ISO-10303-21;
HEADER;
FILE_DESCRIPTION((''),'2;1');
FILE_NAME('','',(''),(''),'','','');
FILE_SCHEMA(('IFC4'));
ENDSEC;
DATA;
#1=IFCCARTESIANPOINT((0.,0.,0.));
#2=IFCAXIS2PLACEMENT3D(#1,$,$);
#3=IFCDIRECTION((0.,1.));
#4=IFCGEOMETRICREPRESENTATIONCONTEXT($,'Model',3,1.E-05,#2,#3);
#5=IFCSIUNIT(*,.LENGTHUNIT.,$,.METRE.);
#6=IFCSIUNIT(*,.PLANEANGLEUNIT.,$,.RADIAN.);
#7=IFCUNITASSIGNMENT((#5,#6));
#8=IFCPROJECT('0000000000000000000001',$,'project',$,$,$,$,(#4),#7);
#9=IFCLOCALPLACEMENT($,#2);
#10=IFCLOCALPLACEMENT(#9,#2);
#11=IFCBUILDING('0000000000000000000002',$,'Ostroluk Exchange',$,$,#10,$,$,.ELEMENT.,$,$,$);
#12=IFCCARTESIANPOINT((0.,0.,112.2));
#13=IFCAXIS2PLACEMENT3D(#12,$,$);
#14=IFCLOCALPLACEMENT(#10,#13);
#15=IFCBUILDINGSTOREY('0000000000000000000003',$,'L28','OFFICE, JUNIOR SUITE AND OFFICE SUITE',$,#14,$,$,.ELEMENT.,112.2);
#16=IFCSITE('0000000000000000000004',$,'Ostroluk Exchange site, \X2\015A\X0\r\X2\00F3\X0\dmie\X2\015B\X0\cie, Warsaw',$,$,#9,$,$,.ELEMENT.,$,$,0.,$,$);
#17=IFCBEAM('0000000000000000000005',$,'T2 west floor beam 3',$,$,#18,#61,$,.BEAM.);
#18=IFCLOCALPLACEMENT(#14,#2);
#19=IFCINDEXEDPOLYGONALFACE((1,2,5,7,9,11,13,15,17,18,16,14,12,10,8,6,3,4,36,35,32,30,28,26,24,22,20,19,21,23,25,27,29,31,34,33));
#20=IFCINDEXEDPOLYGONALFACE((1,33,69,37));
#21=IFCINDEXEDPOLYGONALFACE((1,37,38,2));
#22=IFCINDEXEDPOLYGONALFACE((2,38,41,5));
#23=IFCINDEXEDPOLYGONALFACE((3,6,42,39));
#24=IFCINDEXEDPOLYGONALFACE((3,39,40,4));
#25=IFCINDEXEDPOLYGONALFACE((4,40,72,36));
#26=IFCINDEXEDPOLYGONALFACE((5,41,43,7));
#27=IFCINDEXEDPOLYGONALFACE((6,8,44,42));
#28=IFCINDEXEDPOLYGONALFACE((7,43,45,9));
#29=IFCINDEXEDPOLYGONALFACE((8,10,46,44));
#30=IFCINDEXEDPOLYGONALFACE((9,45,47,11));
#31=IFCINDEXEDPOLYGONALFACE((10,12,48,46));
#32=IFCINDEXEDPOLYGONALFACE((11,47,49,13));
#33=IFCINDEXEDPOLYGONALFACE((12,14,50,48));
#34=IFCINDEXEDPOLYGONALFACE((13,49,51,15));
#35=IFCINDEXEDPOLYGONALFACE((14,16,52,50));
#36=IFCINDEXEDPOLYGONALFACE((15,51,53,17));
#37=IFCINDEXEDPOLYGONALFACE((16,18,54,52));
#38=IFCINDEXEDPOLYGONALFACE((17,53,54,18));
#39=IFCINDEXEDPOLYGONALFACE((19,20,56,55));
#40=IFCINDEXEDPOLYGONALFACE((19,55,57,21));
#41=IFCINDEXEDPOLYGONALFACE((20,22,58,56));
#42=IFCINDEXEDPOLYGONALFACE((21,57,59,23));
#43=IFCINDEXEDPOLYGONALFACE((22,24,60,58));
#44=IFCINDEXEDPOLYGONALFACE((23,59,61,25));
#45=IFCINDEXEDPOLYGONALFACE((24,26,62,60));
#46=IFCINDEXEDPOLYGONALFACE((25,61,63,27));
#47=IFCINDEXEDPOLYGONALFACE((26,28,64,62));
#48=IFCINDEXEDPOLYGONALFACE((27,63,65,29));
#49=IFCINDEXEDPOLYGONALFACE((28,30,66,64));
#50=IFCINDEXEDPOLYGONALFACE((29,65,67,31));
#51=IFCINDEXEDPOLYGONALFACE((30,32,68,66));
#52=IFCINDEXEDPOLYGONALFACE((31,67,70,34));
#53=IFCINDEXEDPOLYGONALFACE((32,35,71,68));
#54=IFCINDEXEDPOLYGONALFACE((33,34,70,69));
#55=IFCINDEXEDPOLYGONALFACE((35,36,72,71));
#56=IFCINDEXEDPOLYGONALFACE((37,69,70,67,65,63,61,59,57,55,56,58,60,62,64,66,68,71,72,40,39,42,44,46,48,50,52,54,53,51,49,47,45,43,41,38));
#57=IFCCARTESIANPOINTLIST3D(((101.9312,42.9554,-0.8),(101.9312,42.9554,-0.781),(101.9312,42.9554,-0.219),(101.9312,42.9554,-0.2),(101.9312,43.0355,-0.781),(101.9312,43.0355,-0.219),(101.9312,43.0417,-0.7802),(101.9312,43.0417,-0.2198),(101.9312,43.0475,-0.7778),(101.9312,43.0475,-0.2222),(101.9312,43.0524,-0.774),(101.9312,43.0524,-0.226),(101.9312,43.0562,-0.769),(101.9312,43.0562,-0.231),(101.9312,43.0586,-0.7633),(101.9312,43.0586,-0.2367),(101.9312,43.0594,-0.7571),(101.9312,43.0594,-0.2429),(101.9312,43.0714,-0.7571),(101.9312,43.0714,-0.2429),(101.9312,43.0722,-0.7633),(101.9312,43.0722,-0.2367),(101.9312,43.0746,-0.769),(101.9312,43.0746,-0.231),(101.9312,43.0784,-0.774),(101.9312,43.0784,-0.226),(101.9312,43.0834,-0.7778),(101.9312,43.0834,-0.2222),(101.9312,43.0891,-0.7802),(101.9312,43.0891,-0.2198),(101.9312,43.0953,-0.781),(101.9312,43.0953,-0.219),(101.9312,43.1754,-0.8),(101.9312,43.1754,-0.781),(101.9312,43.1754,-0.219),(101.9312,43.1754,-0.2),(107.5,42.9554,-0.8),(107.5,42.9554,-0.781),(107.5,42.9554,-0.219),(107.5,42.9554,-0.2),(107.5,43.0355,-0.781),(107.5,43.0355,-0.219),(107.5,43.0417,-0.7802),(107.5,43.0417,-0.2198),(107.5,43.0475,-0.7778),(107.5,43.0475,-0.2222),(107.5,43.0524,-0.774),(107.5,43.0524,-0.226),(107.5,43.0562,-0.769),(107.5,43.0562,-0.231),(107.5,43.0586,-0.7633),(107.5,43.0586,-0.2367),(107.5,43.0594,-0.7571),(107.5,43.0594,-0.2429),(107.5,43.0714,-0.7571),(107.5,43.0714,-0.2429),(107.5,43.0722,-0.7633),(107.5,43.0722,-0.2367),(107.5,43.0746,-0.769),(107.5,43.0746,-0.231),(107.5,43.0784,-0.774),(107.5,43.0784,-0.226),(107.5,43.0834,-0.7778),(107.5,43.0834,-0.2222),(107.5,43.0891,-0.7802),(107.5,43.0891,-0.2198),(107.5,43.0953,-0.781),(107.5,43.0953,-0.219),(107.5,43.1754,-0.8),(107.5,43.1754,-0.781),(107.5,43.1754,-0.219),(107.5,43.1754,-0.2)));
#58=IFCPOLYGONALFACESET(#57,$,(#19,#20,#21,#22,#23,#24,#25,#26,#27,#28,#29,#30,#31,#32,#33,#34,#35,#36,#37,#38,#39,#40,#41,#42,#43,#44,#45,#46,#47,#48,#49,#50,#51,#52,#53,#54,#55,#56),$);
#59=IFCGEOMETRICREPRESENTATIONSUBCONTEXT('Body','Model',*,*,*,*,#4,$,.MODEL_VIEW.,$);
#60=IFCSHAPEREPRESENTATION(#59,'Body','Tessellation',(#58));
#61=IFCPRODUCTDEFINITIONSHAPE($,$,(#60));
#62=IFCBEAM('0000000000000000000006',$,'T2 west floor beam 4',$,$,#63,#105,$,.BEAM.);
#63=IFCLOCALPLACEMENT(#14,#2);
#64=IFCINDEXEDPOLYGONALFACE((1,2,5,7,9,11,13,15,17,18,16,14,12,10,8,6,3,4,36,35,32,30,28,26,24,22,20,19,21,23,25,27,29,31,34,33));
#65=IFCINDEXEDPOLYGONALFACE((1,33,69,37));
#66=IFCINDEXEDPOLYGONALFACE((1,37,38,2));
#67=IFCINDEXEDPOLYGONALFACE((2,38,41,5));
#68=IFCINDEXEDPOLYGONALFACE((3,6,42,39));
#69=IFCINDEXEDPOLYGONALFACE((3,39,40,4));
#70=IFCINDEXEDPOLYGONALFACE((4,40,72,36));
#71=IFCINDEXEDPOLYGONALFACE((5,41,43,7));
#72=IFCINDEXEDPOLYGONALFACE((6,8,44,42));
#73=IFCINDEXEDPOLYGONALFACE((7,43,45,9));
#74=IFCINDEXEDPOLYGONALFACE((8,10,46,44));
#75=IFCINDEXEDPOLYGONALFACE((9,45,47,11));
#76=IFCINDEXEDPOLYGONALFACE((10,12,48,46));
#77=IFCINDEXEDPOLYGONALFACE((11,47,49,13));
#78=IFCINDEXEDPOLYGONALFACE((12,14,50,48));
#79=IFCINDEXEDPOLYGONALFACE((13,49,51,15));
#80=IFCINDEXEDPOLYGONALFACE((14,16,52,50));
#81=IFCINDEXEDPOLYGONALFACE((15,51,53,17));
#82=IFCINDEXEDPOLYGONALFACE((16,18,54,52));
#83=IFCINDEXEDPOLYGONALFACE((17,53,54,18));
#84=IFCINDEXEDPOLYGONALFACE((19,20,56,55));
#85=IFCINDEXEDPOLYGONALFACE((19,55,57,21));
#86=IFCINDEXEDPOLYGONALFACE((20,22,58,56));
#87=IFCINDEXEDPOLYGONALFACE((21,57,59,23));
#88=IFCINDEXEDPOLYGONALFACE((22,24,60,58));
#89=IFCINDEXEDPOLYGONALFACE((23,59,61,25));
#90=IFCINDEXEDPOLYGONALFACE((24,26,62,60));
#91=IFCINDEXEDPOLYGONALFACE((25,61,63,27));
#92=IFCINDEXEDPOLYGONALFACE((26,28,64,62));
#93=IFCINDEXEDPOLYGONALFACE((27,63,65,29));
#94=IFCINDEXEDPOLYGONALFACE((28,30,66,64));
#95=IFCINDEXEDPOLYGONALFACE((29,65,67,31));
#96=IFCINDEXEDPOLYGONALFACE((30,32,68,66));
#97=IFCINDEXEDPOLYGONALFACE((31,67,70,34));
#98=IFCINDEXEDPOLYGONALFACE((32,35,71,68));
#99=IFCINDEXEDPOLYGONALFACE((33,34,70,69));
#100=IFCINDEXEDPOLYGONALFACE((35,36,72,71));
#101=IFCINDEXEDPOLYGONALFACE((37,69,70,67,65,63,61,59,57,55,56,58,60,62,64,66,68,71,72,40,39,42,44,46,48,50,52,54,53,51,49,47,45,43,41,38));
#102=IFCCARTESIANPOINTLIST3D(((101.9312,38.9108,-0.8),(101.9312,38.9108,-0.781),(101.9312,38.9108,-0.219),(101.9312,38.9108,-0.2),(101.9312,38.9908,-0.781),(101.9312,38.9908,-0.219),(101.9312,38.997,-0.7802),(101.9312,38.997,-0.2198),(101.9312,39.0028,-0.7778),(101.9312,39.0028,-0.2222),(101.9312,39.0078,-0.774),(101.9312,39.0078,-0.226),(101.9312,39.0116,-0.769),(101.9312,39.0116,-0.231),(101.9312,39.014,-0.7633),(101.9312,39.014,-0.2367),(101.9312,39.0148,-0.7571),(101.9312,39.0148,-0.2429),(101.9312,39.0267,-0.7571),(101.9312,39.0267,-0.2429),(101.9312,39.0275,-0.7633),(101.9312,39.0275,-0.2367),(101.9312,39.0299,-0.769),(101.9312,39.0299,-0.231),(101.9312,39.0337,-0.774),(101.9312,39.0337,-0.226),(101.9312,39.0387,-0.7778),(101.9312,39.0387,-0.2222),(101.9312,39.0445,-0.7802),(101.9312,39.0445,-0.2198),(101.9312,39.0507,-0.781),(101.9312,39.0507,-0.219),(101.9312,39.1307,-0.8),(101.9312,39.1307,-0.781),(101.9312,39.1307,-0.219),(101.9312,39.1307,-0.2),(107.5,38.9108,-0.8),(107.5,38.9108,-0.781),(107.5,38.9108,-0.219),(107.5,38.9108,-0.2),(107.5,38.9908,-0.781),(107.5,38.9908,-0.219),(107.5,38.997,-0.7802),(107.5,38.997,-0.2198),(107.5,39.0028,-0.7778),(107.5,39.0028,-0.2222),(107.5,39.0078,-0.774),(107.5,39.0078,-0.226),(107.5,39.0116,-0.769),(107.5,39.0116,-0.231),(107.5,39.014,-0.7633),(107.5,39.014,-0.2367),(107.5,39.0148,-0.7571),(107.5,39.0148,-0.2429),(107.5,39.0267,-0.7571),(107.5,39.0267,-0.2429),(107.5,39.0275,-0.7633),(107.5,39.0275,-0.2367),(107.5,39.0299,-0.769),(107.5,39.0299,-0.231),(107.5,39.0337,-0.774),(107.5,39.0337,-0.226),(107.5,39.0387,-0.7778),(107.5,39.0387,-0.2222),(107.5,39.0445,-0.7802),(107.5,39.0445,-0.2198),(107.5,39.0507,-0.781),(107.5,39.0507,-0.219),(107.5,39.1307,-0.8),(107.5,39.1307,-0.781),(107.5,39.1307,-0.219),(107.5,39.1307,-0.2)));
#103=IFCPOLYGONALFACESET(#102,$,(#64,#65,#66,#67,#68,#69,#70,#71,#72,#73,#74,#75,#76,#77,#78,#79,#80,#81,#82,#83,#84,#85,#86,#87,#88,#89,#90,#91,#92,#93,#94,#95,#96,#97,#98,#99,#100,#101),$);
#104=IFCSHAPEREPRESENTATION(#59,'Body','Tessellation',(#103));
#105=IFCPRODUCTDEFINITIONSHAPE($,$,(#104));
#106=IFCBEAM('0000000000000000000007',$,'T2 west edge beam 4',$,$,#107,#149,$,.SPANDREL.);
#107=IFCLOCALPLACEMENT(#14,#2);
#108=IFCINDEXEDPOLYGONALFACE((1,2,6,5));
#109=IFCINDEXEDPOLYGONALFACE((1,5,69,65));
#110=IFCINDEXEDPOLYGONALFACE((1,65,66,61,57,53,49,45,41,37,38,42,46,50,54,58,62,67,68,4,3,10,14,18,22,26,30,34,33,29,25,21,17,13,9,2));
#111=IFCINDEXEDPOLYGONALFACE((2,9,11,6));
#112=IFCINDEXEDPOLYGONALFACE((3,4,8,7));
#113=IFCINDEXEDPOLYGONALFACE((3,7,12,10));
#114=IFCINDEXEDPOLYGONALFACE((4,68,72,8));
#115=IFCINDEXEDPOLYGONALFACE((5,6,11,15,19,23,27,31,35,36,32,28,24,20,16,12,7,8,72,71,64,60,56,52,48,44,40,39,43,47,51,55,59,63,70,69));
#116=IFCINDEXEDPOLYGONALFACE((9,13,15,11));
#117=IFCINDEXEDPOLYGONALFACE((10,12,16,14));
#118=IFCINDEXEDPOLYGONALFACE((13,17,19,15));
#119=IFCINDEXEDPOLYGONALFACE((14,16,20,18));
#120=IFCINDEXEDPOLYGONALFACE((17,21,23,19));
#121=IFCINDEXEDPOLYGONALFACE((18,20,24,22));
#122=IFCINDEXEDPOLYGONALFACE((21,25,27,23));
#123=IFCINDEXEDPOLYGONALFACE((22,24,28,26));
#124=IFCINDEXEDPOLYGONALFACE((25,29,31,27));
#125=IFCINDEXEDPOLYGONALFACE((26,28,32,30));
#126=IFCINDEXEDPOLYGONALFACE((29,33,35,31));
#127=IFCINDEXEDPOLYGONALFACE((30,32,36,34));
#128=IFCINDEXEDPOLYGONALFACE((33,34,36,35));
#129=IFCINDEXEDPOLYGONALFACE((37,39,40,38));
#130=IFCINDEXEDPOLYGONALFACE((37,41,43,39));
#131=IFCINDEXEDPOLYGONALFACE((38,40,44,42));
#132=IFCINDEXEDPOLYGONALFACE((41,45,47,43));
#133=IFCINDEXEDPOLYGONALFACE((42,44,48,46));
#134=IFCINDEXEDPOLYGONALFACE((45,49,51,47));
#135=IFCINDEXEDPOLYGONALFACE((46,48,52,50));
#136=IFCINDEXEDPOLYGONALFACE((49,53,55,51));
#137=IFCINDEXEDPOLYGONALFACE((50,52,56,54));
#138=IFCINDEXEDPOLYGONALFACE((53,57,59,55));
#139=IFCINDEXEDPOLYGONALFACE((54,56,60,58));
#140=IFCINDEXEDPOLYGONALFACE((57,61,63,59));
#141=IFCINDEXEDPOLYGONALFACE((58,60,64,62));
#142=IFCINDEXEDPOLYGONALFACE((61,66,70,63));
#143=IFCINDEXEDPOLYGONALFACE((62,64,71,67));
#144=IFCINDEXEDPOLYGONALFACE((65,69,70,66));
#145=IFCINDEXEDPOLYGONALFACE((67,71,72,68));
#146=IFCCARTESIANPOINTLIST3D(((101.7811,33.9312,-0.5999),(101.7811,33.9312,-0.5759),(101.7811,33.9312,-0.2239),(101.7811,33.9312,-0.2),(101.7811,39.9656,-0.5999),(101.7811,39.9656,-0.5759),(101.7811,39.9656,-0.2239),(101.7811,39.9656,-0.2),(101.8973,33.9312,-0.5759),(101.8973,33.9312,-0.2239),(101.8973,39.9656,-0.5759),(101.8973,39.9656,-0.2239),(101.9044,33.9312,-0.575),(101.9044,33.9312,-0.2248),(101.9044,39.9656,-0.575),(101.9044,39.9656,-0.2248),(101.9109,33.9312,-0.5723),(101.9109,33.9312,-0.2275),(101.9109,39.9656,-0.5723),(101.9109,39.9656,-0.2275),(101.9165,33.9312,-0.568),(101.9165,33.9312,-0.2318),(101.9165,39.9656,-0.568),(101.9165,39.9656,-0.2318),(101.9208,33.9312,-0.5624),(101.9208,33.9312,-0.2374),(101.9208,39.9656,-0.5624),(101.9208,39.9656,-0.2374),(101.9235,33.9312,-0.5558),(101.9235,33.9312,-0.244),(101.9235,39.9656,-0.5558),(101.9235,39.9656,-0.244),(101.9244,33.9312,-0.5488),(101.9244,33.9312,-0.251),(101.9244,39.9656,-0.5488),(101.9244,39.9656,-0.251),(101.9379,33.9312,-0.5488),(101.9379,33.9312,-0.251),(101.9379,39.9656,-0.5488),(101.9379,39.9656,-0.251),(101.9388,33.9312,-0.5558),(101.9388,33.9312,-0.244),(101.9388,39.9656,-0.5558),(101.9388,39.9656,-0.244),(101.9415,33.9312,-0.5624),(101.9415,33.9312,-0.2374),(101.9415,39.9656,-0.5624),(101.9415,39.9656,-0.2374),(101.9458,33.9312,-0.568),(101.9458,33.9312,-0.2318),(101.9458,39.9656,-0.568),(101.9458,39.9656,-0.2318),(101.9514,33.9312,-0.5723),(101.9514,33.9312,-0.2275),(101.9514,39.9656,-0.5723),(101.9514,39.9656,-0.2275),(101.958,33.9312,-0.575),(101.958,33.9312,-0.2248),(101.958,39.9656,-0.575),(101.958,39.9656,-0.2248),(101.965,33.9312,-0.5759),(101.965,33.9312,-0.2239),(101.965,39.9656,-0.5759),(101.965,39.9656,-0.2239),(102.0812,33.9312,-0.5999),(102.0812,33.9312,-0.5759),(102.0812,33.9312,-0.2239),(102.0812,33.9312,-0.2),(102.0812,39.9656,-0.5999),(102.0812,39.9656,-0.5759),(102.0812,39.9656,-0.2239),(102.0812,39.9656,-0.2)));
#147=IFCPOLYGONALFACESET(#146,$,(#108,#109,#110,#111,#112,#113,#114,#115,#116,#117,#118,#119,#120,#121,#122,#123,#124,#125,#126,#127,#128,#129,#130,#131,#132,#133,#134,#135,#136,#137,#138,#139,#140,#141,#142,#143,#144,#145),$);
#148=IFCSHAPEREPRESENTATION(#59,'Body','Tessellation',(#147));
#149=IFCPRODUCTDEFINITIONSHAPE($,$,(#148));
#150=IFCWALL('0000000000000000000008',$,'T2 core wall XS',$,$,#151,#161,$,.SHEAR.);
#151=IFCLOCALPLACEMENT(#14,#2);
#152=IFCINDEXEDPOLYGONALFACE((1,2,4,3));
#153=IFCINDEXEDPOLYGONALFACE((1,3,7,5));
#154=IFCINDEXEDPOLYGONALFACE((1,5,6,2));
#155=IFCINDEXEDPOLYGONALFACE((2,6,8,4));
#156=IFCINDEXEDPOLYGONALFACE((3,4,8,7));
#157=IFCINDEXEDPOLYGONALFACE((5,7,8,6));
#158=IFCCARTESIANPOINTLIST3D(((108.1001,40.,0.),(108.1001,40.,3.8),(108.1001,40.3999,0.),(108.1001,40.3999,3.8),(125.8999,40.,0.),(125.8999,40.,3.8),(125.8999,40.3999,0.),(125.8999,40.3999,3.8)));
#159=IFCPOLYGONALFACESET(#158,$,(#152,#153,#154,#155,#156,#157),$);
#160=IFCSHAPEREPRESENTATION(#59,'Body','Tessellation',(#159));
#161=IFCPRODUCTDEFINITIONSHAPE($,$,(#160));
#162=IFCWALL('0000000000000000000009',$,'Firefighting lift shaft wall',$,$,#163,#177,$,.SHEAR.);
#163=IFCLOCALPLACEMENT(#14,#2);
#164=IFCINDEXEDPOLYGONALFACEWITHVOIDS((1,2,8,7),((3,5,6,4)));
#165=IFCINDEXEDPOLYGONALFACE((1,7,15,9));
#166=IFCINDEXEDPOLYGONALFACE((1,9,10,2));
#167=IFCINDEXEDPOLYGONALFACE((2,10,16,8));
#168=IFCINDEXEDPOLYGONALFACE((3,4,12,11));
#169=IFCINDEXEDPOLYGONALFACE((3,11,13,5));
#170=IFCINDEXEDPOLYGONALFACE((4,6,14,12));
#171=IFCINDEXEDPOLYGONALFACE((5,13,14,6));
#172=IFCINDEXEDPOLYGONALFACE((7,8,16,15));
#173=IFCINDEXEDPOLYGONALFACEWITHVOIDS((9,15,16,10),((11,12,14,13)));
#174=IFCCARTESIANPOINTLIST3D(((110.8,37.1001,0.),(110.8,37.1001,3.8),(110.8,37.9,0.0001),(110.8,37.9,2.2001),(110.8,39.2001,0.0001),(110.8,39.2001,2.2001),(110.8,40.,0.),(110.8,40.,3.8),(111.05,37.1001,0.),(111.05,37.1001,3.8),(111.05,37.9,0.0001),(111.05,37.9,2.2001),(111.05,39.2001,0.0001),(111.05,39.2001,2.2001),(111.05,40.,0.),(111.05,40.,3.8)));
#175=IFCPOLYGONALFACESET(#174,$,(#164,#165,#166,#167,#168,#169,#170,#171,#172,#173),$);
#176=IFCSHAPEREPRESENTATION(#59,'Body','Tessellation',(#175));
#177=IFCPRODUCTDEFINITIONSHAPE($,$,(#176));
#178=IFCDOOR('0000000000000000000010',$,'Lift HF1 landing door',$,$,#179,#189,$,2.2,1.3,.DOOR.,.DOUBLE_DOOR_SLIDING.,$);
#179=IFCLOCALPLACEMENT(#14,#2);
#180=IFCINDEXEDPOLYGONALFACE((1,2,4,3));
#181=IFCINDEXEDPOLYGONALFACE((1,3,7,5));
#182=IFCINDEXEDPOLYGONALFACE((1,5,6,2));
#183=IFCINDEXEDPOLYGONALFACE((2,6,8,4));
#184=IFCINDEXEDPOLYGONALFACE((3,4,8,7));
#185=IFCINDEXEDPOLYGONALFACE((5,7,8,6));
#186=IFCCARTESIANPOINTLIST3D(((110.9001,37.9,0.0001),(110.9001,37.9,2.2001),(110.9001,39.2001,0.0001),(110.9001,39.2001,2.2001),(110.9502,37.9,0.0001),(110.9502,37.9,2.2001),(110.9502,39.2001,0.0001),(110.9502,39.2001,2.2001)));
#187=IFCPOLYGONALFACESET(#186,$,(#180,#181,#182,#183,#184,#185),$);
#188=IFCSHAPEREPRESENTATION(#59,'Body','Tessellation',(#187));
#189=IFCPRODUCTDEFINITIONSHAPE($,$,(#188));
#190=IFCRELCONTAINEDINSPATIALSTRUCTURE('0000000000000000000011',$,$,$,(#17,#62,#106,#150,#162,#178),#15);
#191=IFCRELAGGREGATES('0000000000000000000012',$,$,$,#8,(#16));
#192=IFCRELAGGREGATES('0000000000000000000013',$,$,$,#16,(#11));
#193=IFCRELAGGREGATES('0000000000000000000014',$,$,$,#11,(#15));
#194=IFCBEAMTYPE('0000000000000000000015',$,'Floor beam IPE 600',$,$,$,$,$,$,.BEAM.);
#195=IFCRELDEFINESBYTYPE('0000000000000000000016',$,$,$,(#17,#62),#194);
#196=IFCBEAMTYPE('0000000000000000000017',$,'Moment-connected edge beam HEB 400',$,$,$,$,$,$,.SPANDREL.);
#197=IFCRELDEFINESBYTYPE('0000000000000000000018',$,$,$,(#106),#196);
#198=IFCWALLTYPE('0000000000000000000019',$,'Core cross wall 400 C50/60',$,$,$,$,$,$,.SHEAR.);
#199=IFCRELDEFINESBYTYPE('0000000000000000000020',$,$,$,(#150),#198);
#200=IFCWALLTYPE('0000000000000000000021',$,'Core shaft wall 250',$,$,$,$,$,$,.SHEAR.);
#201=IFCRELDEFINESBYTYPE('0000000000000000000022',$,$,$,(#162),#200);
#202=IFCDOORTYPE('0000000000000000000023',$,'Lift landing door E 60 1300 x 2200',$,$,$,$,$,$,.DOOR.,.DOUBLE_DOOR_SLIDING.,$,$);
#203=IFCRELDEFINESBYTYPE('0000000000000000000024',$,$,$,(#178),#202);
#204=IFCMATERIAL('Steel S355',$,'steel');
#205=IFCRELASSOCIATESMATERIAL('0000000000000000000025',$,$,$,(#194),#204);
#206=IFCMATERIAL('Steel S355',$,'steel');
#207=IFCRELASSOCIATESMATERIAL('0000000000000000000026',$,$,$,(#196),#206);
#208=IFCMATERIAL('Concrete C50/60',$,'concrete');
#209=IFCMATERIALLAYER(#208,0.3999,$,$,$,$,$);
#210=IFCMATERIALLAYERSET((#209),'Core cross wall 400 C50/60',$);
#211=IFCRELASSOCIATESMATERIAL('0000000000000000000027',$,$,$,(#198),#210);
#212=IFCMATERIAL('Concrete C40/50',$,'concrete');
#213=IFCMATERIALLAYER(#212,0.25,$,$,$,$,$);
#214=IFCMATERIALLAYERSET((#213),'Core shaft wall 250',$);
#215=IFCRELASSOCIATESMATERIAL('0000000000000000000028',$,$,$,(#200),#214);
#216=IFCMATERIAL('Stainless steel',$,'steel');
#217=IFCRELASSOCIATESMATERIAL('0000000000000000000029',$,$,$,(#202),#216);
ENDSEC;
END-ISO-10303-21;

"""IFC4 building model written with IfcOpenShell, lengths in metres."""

from ifc_helpers import new_model, si_unit, direction, frame, frame_2d, origin, origin_2d, place, context, subcontext, project, spatial, rectangle, i_section, extrude, material, layer, layer_set, material_profile, profile_set, type_object, element, fill, save


model = new_model("IFC4")

# Units and contexts
model_context = context("Model", 3, precision=1e-05, world=origin(), true_north=direction((0.0, 1.0)))
body_context = subcontext(model_context, "Body", "Model", "MODEL_VIEW")
ifc_project = project(units=[si_unit("LENGTHUNIT", "METRE"), si_unit("PLANEANGLEUNIT", "RADIAN")], contexts=[model_context])

# Site, building, storey
site_placement = place(None, origin())
site = spatial("IfcSite", under=ifc_project, at=site_placement, Name="Ostroluk Exchange site, Śródmieście, Warsaw", CompositionType="ELEMENT", RefElevation=0.0)
building_placement = place(site_placement, origin())
building = spatial("IfcBuilding", under=site, at=building_placement, Name="Ostroluk Exchange", CompositionType="ELEMENT")
storey_placement = place(building_placement, frame((0.0, 0.0, 112.2)))
storey = spatial("IfcBuildingStorey", under=building, at=storey_placement, Name="L28", Description="OFFICE, JUNIOR SUITE AND OFFICE SUITE", CompositionType="ELEMENT", Elevation=112.2)

# Beams
ifc_material_1 = material(Name="Steel S355", Category="steel")
ifc_material_profile_1 = material_profile(ifc_material_1, i_section(OverallWidth=0.22, OverallDepth=0.6001, WebThickness=0.012, FlangeThickness=0.019, FilletRadius=0.0239, at=origin_2d()), Name="IPE 600")
ifc_profile_set_1 = profile_set([ifc_material_profile_1], Name="Steel S355")
beam_type_1 = type_object("IfcBeamType", Name="Floor beam IPE 600", PredefinedType="BEAM", material=ifc_profile_set_1)
for number, where, z_axis, x_axis, name in (
    (1, (107.5, 43.0654, -0.5), (-1.0, 0.0, 0.0), (0.0, -1.0, 0.0), "T2 west floor beam 3"),
    (2, (107.5, 39.0208, -0.5), (-1.0, 0.0, 0.0), (0.0, -1.0, 0.0), "T2 west floor beam 4"),
):
    element("IfcBeam", number, at=place(storey_placement, frame(where, z_axis=z_axis, x_axis=x_axis)), inside=storey, type_object=beam_type_1, Name=name, PredefinedType="BEAM", context=body_context, shape_type="SweptSolid", body=[
        extrude(i_section(OverallWidth=0.22, OverallDepth=0.6001, WebThickness=0.012, FlangeThickness=0.019, FilletRadius=0.0239, at=origin_2d()), origin(), (0.0, 0.0, 1.0), 5.5688),
    ])
ifc_material_2 = material(Name="Steel S355", Category="steel")
ifc_material_profile_2 = material_profile(ifc_material_2, i_section(OverallWidth=0.3, OverallDepth=0.3999, WebThickness=0.0134, FlangeThickness=0.0239, FilletRadius=0.0271, at=origin_2d()), Name="HEB 400")
ifc_profile_set_2 = profile_set([ifc_material_profile_2], Name="Steel S355")
beam_type_2 = type_object("IfcBeamType", Name="Moment-connected edge beam HEB 400", PredefinedType="SPANDREL", material=ifc_profile_set_2)
beam_placement = place(storey_placement, frame((101.9312, 39.9656, -0.3999), z_axis=(0.0, -1.0, 0.0), x_axis=(1.0, 0.0, 0.0)))
element("IfcBeam", 3, at=beam_placement, inside=storey, type_object=beam_type_2, Name="T2 west edge beam 4", PredefinedType="SPANDREL", context=body_context, shape_type="SweptSolid", body=[
    extrude(i_section(OverallWidth=0.3, OverallDepth=0.3999, WebThickness=0.0134, FlangeThickness=0.0239, FilletRadius=0.0271, at=origin_2d()), origin(), (0.0, 0.0, 1.0), 6.0344),
])

# Wall
ifc_material_3 = material(Name="Concrete C50/60", Category="concrete")
ifc_layer_1 = layer(ifc_material_3, 0.3999)
ifc_layer_set_1 = layer_set([ifc_layer_1], Name="Core cross wall 400 C50/60")
wall_type_1 = type_object("IfcWallType", Name="Core cross wall 400 C50/60", PredefinedType="SHEAR", material=ifc_layer_set_1)
wall_1_placement = place(storey_placement, frame((108.1001, 40.2, 0.0), z_axis=(0.0, 0.0, 1.0), x_axis=(1.0, 0.0, 0.0)))
element("IfcWall", 4, at=wall_1_placement, inside=storey, type_object=wall_type_1, Name="T2 core wall XS", PredefinedType="SHEAR", context=body_context, shape_type="SweptSolid", body=[
    extrude(rectangle(XDim=17.7998, YDim=0.3999, at=frame_2d((8.8999, 0.0))), origin(), (0.0, 0.0, 1.0), 3.8),
])

# Wall, opening, door
ifc_material_4 = material(Name="Concrete C40/50", Category="concrete")
ifc_layer_2 = layer(ifc_material_4, 0.25)
ifc_layer_set_2 = layer_set([ifc_layer_2], Name="Core shaft wall 250")
wall_type_2 = type_object("IfcWallType", Name="Core shaft wall 250", PredefinedType="SHEAR", material=ifc_layer_set_2)
wall_2_placement = place(storey_placement, frame((110.925, 37.1001, 0.0), z_axis=(0.0, 0.0, 1.0), x_axis=(0.0, 1.0, 0.0)))
wall_2 = element("IfcWall", 5, at=wall_2_placement, inside=storey, type_object=wall_type_2, Name="Firefighting lift shaft wall", PredefinedType="SHEAR", context=body_context, shape_type="SweptSolid", body=[
    extrude(rectangle(XDim=2.8999, YDim=0.25, at=frame_2d((1.45, 0.0))), origin(), (0.0, 0.0, 1.0), 3.8),
])
opening_1_placement = place(wall_2_placement, frame((0.8, 0.0, 0.0)))
opening_1 = element("IfcOpeningElement", 6, at=opening_1_placement, cuts=wall_2, PredefinedType="OPENING", context=body_context, shape_type="SweptSolid", body=[
    extrude(rectangle(XDim=1.3, YDim=2.2, at=frame_2d((0.6499, 1.1001))), frame((0.0, 0.135, 0.0), z_axis=(0.0, -1.0, 0.0), x_axis=(1.0, 0.0, 0.0)), (0.0, 0.0, 1.0), 0.27),
])
ifc_material_5 = material(Name="Stainless steel", Category="steel")
door_type_1 = type_object("IfcDoorType", Name="Lift landing door E 60 1300 x 2200", OperationType="DOUBLE_DOOR_SLIDING", PredefinedType="DOOR", material=ifc_material_5)
door_1_placement = place(opening_1_placement, origin())
door_1 = element("IfcDoor", 7, at=door_1_placement, inside=storey, type_object=door_type_1, Name="Lift HF1 landing door", OperationType="DOUBLE_DOOR_SLIDING", OverallHeight=2.2, OverallWidth=1.3, PredefinedType="DOOR", context=body_context, shape_type="SweptSolid", body=[
    extrude(rectangle(XDim=1.3, YDim=2.2, at=frame_2d((0.6499, 1.1001))), frame((0.0, 0.0249, 0.0), z_axis=(0.0, -1.0, 0.0), x_axis=(1.0, 0.0, 0.0)), (0.0, 0.0, 1.0), 0.05),
])
fill(opening_1, door_1)

save(model, "model.ifc")
